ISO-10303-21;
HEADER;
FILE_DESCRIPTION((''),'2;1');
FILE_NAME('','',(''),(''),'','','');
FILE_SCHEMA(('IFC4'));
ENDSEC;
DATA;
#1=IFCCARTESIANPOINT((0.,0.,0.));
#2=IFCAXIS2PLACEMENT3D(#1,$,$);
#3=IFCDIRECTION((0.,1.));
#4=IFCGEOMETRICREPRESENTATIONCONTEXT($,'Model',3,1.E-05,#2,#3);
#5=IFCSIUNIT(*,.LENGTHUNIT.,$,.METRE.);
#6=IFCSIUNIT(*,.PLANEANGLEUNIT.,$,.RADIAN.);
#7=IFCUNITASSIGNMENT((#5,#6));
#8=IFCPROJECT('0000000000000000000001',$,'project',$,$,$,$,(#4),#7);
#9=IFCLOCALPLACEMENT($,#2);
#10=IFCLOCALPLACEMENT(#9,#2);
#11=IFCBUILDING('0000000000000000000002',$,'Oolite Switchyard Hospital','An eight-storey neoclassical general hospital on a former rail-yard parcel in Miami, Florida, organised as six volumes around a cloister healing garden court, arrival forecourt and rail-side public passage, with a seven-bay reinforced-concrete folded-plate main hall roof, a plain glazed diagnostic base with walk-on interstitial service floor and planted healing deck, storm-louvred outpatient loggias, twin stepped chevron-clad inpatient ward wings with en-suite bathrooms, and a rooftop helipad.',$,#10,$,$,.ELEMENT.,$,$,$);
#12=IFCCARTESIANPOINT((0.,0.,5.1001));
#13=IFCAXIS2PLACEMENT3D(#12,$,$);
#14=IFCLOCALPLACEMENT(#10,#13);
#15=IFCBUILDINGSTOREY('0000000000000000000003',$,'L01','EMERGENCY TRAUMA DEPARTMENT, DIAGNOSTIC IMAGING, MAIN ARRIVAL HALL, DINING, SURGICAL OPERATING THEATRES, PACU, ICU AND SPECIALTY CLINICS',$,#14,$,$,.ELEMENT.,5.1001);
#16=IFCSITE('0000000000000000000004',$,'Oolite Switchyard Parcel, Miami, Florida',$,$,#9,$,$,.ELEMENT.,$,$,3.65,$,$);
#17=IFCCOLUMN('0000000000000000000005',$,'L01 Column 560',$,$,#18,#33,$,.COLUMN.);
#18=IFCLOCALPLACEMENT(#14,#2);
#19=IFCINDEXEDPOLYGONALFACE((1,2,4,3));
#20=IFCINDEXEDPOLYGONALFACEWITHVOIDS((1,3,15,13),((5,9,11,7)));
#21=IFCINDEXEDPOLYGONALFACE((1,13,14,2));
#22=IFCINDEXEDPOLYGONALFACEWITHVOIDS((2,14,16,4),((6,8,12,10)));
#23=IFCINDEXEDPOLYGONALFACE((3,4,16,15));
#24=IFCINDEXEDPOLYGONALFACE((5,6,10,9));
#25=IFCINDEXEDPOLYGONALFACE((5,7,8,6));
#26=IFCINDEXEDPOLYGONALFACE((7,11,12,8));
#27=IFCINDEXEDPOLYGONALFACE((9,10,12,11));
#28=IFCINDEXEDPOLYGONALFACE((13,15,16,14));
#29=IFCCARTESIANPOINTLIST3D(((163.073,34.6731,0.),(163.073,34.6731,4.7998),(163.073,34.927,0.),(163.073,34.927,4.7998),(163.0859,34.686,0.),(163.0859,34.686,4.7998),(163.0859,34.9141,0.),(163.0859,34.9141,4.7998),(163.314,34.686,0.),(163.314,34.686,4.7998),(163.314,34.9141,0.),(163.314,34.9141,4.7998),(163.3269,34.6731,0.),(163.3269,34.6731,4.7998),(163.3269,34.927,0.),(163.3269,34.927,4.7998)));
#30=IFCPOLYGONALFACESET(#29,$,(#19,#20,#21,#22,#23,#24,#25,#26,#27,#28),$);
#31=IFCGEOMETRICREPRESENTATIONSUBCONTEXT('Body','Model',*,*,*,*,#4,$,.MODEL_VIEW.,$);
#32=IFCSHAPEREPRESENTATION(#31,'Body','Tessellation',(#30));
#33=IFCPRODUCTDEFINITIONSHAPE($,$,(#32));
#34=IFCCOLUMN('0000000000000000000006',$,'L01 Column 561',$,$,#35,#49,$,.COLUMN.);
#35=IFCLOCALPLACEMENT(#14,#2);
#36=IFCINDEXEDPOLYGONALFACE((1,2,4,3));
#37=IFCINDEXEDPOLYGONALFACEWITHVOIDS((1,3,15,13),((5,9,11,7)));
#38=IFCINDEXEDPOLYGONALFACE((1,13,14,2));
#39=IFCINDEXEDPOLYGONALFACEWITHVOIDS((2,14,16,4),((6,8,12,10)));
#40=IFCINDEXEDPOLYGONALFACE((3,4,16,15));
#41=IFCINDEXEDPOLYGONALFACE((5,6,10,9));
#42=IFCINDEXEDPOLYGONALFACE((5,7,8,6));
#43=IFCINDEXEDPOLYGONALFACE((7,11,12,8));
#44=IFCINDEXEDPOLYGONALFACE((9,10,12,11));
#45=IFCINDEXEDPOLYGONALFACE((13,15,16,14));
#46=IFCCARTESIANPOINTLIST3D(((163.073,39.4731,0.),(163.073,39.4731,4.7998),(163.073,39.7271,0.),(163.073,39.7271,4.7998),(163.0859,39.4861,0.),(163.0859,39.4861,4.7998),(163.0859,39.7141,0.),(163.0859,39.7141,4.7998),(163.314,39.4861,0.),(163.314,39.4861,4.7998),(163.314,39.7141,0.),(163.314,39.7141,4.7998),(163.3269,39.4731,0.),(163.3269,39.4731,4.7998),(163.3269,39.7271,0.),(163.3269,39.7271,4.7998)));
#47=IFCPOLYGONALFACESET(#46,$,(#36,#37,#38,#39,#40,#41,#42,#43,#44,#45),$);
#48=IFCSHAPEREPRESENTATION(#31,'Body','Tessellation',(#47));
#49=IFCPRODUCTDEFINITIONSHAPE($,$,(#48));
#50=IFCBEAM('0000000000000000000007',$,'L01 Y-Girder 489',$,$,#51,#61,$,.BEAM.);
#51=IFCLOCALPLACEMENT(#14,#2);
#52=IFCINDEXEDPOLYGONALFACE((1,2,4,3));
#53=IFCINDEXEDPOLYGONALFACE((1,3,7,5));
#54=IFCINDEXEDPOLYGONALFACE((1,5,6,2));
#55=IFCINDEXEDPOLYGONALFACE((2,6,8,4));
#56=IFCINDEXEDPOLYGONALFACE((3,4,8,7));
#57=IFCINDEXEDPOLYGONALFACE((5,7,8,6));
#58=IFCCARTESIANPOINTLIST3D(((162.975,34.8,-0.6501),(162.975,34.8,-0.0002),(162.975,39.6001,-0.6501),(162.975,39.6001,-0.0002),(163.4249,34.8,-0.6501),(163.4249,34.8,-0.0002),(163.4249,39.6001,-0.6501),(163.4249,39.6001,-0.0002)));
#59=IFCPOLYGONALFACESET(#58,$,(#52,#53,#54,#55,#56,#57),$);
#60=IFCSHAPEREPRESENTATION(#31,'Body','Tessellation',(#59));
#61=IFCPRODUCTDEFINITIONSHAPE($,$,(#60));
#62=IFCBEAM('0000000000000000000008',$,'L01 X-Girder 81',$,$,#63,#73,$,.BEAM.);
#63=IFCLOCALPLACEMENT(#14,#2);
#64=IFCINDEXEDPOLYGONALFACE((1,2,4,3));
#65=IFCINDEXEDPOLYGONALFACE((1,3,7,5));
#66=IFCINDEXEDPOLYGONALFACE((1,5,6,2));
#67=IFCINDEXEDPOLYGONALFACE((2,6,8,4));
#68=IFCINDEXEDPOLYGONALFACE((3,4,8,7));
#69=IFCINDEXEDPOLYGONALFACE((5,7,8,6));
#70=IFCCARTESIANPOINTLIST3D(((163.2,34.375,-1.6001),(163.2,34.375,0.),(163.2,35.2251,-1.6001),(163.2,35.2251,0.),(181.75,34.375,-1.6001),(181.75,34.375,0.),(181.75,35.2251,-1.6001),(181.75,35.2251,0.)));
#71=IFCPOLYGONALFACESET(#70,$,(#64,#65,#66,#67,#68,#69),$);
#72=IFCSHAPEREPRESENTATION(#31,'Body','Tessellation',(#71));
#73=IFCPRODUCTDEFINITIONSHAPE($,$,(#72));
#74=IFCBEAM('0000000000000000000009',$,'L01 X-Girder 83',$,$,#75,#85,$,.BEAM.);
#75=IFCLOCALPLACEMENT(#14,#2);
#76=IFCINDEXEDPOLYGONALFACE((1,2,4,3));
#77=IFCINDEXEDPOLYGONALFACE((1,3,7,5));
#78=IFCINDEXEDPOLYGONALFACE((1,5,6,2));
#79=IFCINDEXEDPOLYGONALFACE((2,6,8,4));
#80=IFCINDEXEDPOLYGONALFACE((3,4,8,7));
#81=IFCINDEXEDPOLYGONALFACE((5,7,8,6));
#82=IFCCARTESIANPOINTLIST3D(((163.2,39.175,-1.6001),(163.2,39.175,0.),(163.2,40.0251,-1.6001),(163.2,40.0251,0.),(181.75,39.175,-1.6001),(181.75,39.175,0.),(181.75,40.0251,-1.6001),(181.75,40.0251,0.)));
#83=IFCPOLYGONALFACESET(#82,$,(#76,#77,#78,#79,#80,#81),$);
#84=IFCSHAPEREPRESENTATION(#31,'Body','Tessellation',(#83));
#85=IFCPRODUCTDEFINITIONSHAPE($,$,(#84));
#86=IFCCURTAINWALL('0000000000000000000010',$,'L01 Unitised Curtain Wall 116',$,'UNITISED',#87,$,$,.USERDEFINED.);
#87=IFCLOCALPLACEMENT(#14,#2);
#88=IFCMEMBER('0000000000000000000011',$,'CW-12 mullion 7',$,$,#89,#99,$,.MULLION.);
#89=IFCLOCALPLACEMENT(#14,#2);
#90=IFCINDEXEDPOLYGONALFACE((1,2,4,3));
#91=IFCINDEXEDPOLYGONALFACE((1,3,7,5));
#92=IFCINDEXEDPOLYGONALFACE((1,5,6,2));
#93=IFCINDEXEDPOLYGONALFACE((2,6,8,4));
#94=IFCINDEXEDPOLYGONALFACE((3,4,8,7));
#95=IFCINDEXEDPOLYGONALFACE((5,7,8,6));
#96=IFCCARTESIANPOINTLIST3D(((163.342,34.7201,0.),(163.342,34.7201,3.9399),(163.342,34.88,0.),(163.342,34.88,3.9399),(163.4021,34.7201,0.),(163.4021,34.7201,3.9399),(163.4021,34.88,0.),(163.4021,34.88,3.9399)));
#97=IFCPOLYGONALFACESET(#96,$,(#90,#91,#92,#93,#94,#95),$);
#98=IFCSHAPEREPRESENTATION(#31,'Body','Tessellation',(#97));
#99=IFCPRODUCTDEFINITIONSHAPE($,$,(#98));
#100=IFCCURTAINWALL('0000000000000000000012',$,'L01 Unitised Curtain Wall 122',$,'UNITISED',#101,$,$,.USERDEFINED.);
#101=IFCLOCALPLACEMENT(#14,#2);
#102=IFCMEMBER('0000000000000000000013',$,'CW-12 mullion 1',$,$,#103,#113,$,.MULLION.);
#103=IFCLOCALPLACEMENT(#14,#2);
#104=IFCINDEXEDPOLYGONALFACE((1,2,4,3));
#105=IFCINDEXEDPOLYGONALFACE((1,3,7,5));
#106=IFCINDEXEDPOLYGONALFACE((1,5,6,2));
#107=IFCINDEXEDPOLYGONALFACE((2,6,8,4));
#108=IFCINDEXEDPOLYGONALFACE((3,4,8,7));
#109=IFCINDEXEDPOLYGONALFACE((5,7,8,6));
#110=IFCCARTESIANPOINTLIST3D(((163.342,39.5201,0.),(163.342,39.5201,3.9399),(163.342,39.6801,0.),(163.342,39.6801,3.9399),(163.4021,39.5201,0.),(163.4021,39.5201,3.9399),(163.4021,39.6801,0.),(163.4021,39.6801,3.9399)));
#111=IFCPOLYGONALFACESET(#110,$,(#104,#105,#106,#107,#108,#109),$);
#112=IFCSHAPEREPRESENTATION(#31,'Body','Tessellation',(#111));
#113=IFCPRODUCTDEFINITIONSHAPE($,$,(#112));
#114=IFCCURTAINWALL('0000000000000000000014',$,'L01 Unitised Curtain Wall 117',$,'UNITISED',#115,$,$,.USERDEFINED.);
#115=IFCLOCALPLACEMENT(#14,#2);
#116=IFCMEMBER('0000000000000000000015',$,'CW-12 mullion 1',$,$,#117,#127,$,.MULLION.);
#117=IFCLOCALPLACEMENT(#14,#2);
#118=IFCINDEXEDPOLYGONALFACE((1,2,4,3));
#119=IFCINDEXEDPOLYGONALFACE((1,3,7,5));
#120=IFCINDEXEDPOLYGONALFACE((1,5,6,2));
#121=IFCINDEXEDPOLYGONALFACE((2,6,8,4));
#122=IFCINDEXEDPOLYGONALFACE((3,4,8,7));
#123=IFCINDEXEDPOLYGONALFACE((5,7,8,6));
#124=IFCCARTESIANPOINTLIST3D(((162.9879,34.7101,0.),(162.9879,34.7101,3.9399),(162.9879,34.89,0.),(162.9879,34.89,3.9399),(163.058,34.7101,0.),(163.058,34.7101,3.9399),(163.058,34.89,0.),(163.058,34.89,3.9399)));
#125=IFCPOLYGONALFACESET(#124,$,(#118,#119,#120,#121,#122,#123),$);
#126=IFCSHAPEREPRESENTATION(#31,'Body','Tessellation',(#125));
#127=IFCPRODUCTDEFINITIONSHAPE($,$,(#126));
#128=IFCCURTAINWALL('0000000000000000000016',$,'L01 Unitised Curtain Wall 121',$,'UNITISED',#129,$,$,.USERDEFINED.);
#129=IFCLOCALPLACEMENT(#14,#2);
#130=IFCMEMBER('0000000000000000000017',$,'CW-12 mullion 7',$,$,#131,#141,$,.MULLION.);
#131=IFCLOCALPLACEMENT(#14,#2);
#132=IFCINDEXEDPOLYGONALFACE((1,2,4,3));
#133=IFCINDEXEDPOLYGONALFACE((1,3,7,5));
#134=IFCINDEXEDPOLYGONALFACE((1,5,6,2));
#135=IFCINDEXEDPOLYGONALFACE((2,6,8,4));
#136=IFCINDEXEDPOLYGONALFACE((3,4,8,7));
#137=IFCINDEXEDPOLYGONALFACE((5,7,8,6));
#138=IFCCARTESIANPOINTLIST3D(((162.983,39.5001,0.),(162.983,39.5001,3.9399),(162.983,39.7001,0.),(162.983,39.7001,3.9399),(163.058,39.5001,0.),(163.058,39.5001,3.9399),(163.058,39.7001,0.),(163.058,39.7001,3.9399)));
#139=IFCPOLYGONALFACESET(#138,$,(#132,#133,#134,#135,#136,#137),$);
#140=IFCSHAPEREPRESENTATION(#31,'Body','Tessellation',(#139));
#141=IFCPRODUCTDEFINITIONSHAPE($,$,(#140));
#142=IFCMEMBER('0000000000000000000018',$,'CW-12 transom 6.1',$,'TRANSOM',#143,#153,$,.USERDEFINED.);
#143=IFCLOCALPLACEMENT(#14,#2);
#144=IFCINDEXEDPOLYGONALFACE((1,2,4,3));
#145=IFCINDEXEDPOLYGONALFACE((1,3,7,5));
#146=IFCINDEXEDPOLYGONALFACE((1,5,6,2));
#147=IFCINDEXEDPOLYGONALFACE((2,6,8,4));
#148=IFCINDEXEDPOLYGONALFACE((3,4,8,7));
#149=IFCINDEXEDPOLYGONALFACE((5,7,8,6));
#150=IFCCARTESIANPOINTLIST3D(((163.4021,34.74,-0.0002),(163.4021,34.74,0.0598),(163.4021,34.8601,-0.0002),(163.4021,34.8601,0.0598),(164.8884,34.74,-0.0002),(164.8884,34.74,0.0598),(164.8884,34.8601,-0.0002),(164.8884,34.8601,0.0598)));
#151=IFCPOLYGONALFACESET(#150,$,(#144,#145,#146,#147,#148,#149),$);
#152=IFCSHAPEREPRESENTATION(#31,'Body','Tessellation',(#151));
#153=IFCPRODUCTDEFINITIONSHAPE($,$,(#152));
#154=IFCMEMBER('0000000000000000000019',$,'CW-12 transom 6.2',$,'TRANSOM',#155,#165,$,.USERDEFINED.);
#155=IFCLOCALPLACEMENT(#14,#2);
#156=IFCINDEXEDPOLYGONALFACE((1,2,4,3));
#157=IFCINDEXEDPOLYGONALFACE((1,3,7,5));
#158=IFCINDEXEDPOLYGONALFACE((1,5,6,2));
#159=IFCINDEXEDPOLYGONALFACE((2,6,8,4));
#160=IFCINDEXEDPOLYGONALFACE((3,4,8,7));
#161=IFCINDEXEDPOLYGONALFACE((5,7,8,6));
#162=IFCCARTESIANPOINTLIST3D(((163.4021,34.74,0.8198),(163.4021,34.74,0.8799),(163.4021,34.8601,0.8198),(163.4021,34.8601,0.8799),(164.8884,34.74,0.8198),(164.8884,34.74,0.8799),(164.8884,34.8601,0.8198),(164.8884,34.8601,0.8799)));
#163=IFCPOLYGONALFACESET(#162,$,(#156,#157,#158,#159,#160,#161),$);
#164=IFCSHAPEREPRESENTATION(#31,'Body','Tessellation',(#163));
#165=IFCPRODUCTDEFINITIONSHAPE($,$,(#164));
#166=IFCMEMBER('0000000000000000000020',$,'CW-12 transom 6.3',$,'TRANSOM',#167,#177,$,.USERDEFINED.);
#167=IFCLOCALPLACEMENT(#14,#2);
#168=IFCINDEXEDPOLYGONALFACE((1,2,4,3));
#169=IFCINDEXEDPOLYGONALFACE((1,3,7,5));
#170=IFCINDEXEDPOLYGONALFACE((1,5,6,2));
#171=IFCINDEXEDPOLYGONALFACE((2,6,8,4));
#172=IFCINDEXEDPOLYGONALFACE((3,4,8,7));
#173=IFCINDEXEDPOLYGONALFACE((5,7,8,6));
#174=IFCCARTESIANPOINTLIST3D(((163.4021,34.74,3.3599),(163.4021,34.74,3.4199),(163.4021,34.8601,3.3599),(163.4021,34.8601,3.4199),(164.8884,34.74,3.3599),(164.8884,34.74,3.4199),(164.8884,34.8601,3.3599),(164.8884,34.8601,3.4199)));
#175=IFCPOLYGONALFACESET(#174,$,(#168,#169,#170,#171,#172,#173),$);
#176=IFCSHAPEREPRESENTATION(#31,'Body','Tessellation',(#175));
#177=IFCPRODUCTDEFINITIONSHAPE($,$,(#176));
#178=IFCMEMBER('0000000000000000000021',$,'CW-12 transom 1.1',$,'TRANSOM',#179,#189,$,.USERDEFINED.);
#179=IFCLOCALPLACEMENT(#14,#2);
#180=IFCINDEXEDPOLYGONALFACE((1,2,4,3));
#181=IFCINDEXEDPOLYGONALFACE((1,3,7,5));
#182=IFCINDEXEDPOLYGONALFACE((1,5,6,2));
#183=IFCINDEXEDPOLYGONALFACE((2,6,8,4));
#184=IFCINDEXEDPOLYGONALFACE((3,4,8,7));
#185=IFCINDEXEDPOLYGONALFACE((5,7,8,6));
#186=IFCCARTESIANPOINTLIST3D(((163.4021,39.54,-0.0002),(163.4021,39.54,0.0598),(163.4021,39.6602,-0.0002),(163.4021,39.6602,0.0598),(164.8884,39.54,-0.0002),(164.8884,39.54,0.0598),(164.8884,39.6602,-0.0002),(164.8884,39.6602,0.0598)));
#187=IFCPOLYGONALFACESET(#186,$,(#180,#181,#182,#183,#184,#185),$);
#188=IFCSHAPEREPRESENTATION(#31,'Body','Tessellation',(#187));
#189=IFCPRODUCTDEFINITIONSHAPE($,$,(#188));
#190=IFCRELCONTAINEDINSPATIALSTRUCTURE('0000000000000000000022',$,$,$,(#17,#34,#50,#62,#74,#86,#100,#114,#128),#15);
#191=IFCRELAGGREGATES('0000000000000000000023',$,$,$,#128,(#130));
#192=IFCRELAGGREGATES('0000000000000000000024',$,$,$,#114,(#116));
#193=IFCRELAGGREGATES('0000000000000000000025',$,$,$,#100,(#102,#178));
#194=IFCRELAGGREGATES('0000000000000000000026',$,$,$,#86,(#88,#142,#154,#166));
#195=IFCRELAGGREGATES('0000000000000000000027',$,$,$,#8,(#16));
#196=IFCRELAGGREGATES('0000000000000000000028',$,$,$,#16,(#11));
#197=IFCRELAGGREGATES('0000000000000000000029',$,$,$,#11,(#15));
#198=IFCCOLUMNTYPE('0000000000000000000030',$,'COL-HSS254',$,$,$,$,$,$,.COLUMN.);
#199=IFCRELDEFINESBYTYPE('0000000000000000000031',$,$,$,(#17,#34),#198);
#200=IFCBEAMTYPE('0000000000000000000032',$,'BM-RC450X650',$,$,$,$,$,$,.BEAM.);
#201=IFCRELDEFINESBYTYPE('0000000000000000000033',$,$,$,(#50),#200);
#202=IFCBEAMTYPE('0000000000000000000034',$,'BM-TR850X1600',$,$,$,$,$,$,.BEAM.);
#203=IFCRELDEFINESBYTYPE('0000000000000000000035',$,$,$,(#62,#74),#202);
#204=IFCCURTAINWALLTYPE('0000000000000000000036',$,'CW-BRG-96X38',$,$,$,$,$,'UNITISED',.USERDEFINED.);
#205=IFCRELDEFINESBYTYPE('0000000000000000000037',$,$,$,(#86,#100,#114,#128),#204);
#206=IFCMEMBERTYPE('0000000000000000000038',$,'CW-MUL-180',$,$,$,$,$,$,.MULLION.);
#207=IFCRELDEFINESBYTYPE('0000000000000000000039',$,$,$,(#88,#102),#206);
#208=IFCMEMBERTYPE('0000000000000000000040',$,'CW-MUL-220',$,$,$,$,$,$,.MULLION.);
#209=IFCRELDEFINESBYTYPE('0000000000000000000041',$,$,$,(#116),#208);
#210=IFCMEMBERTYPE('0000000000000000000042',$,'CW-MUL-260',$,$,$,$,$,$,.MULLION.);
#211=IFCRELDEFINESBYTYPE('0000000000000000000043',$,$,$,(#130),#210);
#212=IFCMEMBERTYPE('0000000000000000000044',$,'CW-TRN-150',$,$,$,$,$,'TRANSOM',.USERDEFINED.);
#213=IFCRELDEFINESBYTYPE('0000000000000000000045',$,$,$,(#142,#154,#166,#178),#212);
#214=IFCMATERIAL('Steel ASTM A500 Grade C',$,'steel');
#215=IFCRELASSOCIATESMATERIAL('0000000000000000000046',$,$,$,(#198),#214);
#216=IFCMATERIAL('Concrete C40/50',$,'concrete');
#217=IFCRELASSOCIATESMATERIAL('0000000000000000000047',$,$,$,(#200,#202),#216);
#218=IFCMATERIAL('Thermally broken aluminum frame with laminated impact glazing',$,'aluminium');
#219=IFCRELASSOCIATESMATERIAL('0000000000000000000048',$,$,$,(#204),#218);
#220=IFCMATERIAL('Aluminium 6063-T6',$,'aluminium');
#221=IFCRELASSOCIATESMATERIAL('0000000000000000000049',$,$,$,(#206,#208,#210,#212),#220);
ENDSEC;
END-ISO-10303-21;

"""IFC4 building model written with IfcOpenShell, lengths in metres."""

from ifc_helpers import new_model, si_unit, direction, frame, origin, origin_2d, place, context, subcontext, project, spatial, rectangle, hollow_rectangle, extrude, material, material_profile, profile_set, type_object, element, aggregate, save


model = new_model("IFC4")

# Units and contexts
model_context = context("Model", 3, precision=1e-05, world=origin(), true_north=direction((0.0, 1.0)))
body_context = subcontext(model_context, "Body", "Model", "MODEL_VIEW")
ifc_project = project(units=[si_unit("LENGTHUNIT", "METRE"), si_unit("PLANEANGLEUNIT", "RADIAN")], contexts=[model_context])

# Site, building, storey
site_placement = place(None, origin())
site = spatial("IfcSite", under=ifc_project, at=site_placement, Name="Oolite Switchyard Parcel, Miami, Florida", CompositionType="ELEMENT", RefElevation=3.65)
building_placement = place(site_placement, origin())
building = spatial("IfcBuilding", under=site, at=building_placement, Name="Oolite Switchyard Hospital", Description="An eight-storey neoclassical general hospital on a former rail-yard parcel in Miami, Florida, organised as six volumes around a cloister healing garden court, arrival forecourt and rail-side public passage, with a seven-bay reinforced-concrete folded-plate main hall roof, a plain glazed diagnostic base with walk-on interstitial service floor and planted healing deck, storm-louvred outpatient loggias, twin stepped chevron-clad inpatient ward wings with en-suite bathrooms, and a rooftop helipad.", CompositionType="ELEMENT")
storey_placement = place(building_placement, frame((0.0, 0.0, 5.1001)))
storey = spatial("IfcBuildingStorey", under=building, at=storey_placement, Name="L01", Description="EMERGENCY TRAUMA DEPARTMENT, DIAGNOSTIC IMAGING, MAIN ARRIVAL HALL, DINING, SURGICAL OPERATING THEATRES, PACU, ICU AND SPECIALTY CLINICS", CompositionType="ELEMENT", Elevation=5.1001)

# Columns
ifc_material_1 = material(Name="Steel ASTM A500 Grade C", Category="steel")
ifc_material_profile_1 = material_profile(ifc_material_1, hollow_rectangle(XDim=0.2539, YDim=0.2539, WallThickness=0.0129, at=origin_2d()), Name="HSS254X254X13")
ifc_profile_set_1 = profile_set([ifc_material_profile_1], Name="Steel ASTM A500 Grade C")
column_type = type_object("IfcColumnType", Name="COL-HSS254", PredefinedType="COLUMN", material=ifc_profile_set_1)
for number, where, z_axis, x_axis, name in (
    (1, (163.2, 34.8, 0.0), (0.0, 0.0, 1.0), (1.0, 0.0, 0.0), "L01 Column 560"),
    (2, (163.2, 39.6001, 0.0), (0.0, 0.0, 1.0), (1.0, 0.0, 0.0), "L01 Column 561"),
):
    element("IfcColumn", number, at=place(storey_placement, frame(where, z_axis=z_axis, x_axis=x_axis)), inside=storey, type_object=column_type, Name=name, PredefinedType="COLUMN", context=body_context, shape_type="SweptSolid", body=[
        extrude(hollow_rectangle(XDim=0.2539, YDim=0.2539, WallThickness=0.0129, at=origin_2d()), origin(), (0.0, 0.0, 1.0), 4.7998),
    ])

# Beams
ifc_material_2 = material(Name="Concrete C40/50", Category="concrete")
ifc_material_profile_2 = material_profile(ifc_material_2, rectangle(XDim=0.45, YDim=0.6499, at=origin_2d()), Name="RCB450X650")
ifc_profile_set_2 = profile_set([ifc_material_profile_2], Name="Concrete C40/50")
beam_type_1 = type_object("IfcBeamType", Name="BM-RC450X650", PredefinedType="BEAM", material=ifc_profile_set_2)
beam_placement = place(storey_placement, frame((163.2, 34.8, -0.3252), z_axis=(0.0, 1.0, 0.0), x_axis=(-1.0, 0.0, 0.0)))
element("IfcBeam", 3, at=beam_placement, inside=storey, type_object=beam_type_1, Name="L01 Y-Girder 489", PredefinedType="BEAM", context=body_context, shape_type="SweptSolid", body=[
    extrude(rectangle(XDim=0.45, YDim=0.6499, at=origin_2d()), origin(), (0.0, 0.0, 1.0), 4.8),
])
ifc_material_profile_3 = material_profile(ifc_material_2, rectangle(XDim=0.8501, YDim=1.6001, at=origin_2d()), Name="RCT850X1600")
ifc_profile_set_3 = profile_set([ifc_material_profile_3], Name="Concrete C40/50")
beam_type_2 = type_object("IfcBeamType", Name="BM-TR850X1600", PredefinedType="BEAM", material=ifc_profile_set_3)
for number, where, z_axis, x_axis, name in (
    (4, (163.2, 34.8, -0.8), (1.0, 0.0, 0.0), (0.0, 1.0, 0.0), "L01 X-Girder 81"),
    (5, (163.2, 39.6001, -0.8), (1.0, 0.0, 0.0), (0.0, 1.0, 0.0), "L01 X-Girder 83"),
):
    element("IfcBeam", number, at=place(storey_placement, frame(where, z_axis=z_axis, x_axis=x_axis)), inside=storey, type_object=beam_type_2, Name=name, PredefinedType="BEAM", context=body_context, shape_type="SweptSolid", body=[
        extrude(rectangle(XDim=0.8501, YDim=1.6001, at=origin_2d()), origin(), (0.0, 0.0, 1.0), 18.55),
    ])

# Curtain walls, members
ifc_material_3 = material(Name="Thermally broken aluminum frame with laminated impact glazing", Category="aluminium")
curtain_wall_type = type_object("IfcCurtainWallType", Name="CW-BRG-96X38", ElementType="UNITISED", PredefinedType="USERDEFINED", material=ifc_material_3)
curtain_wall_1_placement = place(storey_placement, origin())
curtain_wall_1 = element("IfcCurtainWall", 6, at=curtain_wall_1_placement, inside=storey, type_object=curtain_wall_type, Name="L01 Unitised Curtain Wall 116", ObjectType="UNITISED", PredefinedType="USERDEFINED")
ifc_material_4 = material(Name="Aluminium 6063-T6", Category="aluminium")
ifc_material_profile_4 = material_profile(ifc_material_4, rectangle(XDim=0.1599, YDim=0.0601, at=origin_2d()), Name="CWM60X160")
ifc_profile_set_4 = profile_set([ifc_material_profile_4], Name="Aluminium 6063-T6")
member_type_1 = type_object("IfcMemberType", Name="CW-MUL-180", PredefinedType="MULLION", material=ifc_profile_set_4)
member_1_placement = place(storey_placement, frame((163.3721, 34.8, 0.0), z_axis=(0.0, 0.0, 1.0), x_axis=(0.0, -1.0, 0.0)))
member_1 = element("IfcMember", 7, at=member_1_placement, type_object=member_type_1, Name="CW-12 mullion 7", PredefinedType="MULLION", context=body_context, shape_type="SweptSolid", body=[
    extrude(rectangle(XDim=0.1599, YDim=0.0601, at=origin_2d()), origin(), (0.0, 0.0, 1.0), 3.9399),
])
curtain_wall_2_placement = place(storey_placement, origin())
curtain_wall_2 = element("IfcCurtainWall", 8, at=curtain_wall_2_placement, inside=storey, type_object=curtain_wall_type, Name="L01 Unitised Curtain Wall 122", ObjectType="UNITISED", PredefinedType="USERDEFINED")
member_2_placement = place(storey_placement, frame((163.3721, 39.6001, 0.0), z_axis=(0.0, 0.0, 1.0), x_axis=(0.0, 1.0, 0.0)))
member_2 = element("IfcMember", 9, at=member_2_placement, type_object=member_type_1, Name="CW-12 mullion 1", PredefinedType="MULLION", context=body_context, shape_type="SweptSolid", body=[
    extrude(rectangle(XDim=0.1599, YDim=0.0601, at=origin_2d()), origin(), (0.0, 0.0, 1.0), 3.9399),
])
curtain_wall_3_placement = place(storey_placement, origin())
curtain_wall_3 = element("IfcCurtainWall", 10, at=curtain_wall_3_placement, inside=storey, type_object=curtain_wall_type, Name="L01 Unitised Curtain Wall 117", ObjectType="UNITISED", PredefinedType="USERDEFINED")
ifc_material_profile_5 = material_profile(ifc_material_4, rectangle(XDim=0.1799, YDim=0.0701, at=origin_2d()), Name="CWM70X180")
ifc_profile_set_5 = profile_set([ifc_material_profile_5], Name="Aluminium 6063-T6")
member_type_2 = type_object("IfcMemberType", Name="CW-MUL-220", PredefinedType="MULLION", material=ifc_profile_set_5)
member_3_placement = place(storey_placement, frame((163.0229, 34.8, 0.0), z_axis=(0.0, 0.0, 1.0), x_axis=(0.0, -1.0, 0.0)))
member_3 = element("IfcMember", 11, at=member_3_placement, type_object=member_type_2, Name="CW-12 mullion 1", PredefinedType="MULLION", context=body_context, shape_type="SweptSolid", body=[
    extrude(rectangle(XDim=0.1799, YDim=0.0701, at=origin_2d()), origin(), (0.0, 0.0, 1.0), 3.9399),
])
curtain_wall_4_placement = place(storey_placement, origin())
curtain_wall_4 = element("IfcCurtainWall", 12, at=curtain_wall_4_placement, inside=storey, type_object=curtain_wall_type, Name="L01 Unitised Curtain Wall 121", ObjectType="UNITISED", PredefinedType="USERDEFINED")
ifc_material_profile_6 = material_profile(ifc_material_4, rectangle(XDim=0.2, YDim=0.075, at=origin_2d()), Name="CWM75X200")
ifc_profile_set_6 = profile_set([ifc_material_profile_6], Name="Aluminium 6063-T6")
member_type_3 = type_object("IfcMemberType", Name="CW-MUL-260", PredefinedType="MULLION", material=ifc_profile_set_6)
member_4_placement = place(storey_placement, frame((163.0205, 39.6001, 0.0), z_axis=(0.0, 0.0, 1.0), x_axis=(0.0, 1.0, 0.0)))
member_4 = element("IfcMember", 13, at=member_4_placement, type_object=member_type_3, Name="CW-12 mullion 7", PredefinedType="MULLION", context=body_context, shape_type="SweptSolid", body=[
    extrude(rectangle(XDim=0.2, YDim=0.075, at=origin_2d()), origin(), (0.0, 0.0, 1.0), 3.9399),
])
aggregate(curtain_wall_4, [member_4])

# Members
ifc_material_profile_7 = material_profile(ifc_material_4, rectangle(XDim=0.1201, YDim=0.0601, at=origin_2d()), Name="CWT60X120")
ifc_profile_set_7 = profile_set([ifc_material_profile_7], Name="Aluminium 6063-T6")
member_type_4 = type_object("IfcMemberType", Name="CW-TRN-150", ElementType="TRANSOM", PredefinedType="USERDEFINED", material=ifc_profile_set_7)
member_5_placement = place(storey_placement, frame((164.8884, 34.8, 0.0298), z_axis=(-1.0, 0.0, 0.0), x_axis=(0.0, -1.0, 0.0)))
member_5 = element("IfcMember", 14, at=member_5_placement, type_object=member_type_4, Name="CW-12 transom 6.1", ObjectType="TRANSOM", PredefinedType="USERDEFINED", context=body_context, shape_type="SweptSolid", body=[
    extrude(rectangle(XDim=0.1201, YDim=0.0601, at=origin_2d()), origin(), (0.0, 0.0, 1.0), 1.4863),
])
member_6_placement = place(storey_placement, frame((164.8884, 34.8, 0.8499), z_axis=(-1.0, 0.0, 0.0), x_axis=(0.0, -1.0, 0.0)))
member_6 = element("IfcMember", 15, at=member_6_placement, type_object=member_type_4, Name="CW-12 transom 6.2", ObjectType="TRANSOM", PredefinedType="USERDEFINED", context=body_context, shape_type="SweptSolid", body=[
    extrude(rectangle(XDim=0.1201, YDim=0.0601, at=origin_2d()), origin(), (0.0, 0.0, 1.0), 1.4863),
])
member_7_placement = place(storey_placement, frame((164.8884, 34.8, 3.3899), z_axis=(-1.0, 0.0, 0.0), x_axis=(0.0, -1.0, 0.0)))
member_7 = element("IfcMember", 16, at=member_7_placement, type_object=member_type_4, Name="CW-12 transom 6.3", ObjectType="TRANSOM", PredefinedType="USERDEFINED", context=body_context, shape_type="SweptSolid", body=[
    extrude(rectangle(XDim=0.1201, YDim=0.0601, at=origin_2d()), origin(), (0.0, 0.0, 1.0), 1.4863),
])
member_8_placement = place(storey_placement, frame((163.4021, 39.6001, 0.0298), z_axis=(1.0, 0.0, 0.0), x_axis=(0.0, 1.0, 0.0)))
member_8 = element("IfcMember", 17, at=member_8_placement, type_object=member_type_4, Name="CW-12 transom 1.1", ObjectType="TRANSOM", PredefinedType="USERDEFINED", context=body_context, shape_type="SweptSolid", body=[
    extrude(rectangle(XDim=0.1201, YDim=0.0601, at=origin_2d()), origin(), (0.0, 0.0, 1.0), 1.4863),
])
aggregate(curtain_wall_3, [member_3])

aggregate(curtain_wall_2, [member_2, member_8])
aggregate(curtain_wall_1, [member_1, member_5, member_6, member_7])

save(model, "model.ifc")
